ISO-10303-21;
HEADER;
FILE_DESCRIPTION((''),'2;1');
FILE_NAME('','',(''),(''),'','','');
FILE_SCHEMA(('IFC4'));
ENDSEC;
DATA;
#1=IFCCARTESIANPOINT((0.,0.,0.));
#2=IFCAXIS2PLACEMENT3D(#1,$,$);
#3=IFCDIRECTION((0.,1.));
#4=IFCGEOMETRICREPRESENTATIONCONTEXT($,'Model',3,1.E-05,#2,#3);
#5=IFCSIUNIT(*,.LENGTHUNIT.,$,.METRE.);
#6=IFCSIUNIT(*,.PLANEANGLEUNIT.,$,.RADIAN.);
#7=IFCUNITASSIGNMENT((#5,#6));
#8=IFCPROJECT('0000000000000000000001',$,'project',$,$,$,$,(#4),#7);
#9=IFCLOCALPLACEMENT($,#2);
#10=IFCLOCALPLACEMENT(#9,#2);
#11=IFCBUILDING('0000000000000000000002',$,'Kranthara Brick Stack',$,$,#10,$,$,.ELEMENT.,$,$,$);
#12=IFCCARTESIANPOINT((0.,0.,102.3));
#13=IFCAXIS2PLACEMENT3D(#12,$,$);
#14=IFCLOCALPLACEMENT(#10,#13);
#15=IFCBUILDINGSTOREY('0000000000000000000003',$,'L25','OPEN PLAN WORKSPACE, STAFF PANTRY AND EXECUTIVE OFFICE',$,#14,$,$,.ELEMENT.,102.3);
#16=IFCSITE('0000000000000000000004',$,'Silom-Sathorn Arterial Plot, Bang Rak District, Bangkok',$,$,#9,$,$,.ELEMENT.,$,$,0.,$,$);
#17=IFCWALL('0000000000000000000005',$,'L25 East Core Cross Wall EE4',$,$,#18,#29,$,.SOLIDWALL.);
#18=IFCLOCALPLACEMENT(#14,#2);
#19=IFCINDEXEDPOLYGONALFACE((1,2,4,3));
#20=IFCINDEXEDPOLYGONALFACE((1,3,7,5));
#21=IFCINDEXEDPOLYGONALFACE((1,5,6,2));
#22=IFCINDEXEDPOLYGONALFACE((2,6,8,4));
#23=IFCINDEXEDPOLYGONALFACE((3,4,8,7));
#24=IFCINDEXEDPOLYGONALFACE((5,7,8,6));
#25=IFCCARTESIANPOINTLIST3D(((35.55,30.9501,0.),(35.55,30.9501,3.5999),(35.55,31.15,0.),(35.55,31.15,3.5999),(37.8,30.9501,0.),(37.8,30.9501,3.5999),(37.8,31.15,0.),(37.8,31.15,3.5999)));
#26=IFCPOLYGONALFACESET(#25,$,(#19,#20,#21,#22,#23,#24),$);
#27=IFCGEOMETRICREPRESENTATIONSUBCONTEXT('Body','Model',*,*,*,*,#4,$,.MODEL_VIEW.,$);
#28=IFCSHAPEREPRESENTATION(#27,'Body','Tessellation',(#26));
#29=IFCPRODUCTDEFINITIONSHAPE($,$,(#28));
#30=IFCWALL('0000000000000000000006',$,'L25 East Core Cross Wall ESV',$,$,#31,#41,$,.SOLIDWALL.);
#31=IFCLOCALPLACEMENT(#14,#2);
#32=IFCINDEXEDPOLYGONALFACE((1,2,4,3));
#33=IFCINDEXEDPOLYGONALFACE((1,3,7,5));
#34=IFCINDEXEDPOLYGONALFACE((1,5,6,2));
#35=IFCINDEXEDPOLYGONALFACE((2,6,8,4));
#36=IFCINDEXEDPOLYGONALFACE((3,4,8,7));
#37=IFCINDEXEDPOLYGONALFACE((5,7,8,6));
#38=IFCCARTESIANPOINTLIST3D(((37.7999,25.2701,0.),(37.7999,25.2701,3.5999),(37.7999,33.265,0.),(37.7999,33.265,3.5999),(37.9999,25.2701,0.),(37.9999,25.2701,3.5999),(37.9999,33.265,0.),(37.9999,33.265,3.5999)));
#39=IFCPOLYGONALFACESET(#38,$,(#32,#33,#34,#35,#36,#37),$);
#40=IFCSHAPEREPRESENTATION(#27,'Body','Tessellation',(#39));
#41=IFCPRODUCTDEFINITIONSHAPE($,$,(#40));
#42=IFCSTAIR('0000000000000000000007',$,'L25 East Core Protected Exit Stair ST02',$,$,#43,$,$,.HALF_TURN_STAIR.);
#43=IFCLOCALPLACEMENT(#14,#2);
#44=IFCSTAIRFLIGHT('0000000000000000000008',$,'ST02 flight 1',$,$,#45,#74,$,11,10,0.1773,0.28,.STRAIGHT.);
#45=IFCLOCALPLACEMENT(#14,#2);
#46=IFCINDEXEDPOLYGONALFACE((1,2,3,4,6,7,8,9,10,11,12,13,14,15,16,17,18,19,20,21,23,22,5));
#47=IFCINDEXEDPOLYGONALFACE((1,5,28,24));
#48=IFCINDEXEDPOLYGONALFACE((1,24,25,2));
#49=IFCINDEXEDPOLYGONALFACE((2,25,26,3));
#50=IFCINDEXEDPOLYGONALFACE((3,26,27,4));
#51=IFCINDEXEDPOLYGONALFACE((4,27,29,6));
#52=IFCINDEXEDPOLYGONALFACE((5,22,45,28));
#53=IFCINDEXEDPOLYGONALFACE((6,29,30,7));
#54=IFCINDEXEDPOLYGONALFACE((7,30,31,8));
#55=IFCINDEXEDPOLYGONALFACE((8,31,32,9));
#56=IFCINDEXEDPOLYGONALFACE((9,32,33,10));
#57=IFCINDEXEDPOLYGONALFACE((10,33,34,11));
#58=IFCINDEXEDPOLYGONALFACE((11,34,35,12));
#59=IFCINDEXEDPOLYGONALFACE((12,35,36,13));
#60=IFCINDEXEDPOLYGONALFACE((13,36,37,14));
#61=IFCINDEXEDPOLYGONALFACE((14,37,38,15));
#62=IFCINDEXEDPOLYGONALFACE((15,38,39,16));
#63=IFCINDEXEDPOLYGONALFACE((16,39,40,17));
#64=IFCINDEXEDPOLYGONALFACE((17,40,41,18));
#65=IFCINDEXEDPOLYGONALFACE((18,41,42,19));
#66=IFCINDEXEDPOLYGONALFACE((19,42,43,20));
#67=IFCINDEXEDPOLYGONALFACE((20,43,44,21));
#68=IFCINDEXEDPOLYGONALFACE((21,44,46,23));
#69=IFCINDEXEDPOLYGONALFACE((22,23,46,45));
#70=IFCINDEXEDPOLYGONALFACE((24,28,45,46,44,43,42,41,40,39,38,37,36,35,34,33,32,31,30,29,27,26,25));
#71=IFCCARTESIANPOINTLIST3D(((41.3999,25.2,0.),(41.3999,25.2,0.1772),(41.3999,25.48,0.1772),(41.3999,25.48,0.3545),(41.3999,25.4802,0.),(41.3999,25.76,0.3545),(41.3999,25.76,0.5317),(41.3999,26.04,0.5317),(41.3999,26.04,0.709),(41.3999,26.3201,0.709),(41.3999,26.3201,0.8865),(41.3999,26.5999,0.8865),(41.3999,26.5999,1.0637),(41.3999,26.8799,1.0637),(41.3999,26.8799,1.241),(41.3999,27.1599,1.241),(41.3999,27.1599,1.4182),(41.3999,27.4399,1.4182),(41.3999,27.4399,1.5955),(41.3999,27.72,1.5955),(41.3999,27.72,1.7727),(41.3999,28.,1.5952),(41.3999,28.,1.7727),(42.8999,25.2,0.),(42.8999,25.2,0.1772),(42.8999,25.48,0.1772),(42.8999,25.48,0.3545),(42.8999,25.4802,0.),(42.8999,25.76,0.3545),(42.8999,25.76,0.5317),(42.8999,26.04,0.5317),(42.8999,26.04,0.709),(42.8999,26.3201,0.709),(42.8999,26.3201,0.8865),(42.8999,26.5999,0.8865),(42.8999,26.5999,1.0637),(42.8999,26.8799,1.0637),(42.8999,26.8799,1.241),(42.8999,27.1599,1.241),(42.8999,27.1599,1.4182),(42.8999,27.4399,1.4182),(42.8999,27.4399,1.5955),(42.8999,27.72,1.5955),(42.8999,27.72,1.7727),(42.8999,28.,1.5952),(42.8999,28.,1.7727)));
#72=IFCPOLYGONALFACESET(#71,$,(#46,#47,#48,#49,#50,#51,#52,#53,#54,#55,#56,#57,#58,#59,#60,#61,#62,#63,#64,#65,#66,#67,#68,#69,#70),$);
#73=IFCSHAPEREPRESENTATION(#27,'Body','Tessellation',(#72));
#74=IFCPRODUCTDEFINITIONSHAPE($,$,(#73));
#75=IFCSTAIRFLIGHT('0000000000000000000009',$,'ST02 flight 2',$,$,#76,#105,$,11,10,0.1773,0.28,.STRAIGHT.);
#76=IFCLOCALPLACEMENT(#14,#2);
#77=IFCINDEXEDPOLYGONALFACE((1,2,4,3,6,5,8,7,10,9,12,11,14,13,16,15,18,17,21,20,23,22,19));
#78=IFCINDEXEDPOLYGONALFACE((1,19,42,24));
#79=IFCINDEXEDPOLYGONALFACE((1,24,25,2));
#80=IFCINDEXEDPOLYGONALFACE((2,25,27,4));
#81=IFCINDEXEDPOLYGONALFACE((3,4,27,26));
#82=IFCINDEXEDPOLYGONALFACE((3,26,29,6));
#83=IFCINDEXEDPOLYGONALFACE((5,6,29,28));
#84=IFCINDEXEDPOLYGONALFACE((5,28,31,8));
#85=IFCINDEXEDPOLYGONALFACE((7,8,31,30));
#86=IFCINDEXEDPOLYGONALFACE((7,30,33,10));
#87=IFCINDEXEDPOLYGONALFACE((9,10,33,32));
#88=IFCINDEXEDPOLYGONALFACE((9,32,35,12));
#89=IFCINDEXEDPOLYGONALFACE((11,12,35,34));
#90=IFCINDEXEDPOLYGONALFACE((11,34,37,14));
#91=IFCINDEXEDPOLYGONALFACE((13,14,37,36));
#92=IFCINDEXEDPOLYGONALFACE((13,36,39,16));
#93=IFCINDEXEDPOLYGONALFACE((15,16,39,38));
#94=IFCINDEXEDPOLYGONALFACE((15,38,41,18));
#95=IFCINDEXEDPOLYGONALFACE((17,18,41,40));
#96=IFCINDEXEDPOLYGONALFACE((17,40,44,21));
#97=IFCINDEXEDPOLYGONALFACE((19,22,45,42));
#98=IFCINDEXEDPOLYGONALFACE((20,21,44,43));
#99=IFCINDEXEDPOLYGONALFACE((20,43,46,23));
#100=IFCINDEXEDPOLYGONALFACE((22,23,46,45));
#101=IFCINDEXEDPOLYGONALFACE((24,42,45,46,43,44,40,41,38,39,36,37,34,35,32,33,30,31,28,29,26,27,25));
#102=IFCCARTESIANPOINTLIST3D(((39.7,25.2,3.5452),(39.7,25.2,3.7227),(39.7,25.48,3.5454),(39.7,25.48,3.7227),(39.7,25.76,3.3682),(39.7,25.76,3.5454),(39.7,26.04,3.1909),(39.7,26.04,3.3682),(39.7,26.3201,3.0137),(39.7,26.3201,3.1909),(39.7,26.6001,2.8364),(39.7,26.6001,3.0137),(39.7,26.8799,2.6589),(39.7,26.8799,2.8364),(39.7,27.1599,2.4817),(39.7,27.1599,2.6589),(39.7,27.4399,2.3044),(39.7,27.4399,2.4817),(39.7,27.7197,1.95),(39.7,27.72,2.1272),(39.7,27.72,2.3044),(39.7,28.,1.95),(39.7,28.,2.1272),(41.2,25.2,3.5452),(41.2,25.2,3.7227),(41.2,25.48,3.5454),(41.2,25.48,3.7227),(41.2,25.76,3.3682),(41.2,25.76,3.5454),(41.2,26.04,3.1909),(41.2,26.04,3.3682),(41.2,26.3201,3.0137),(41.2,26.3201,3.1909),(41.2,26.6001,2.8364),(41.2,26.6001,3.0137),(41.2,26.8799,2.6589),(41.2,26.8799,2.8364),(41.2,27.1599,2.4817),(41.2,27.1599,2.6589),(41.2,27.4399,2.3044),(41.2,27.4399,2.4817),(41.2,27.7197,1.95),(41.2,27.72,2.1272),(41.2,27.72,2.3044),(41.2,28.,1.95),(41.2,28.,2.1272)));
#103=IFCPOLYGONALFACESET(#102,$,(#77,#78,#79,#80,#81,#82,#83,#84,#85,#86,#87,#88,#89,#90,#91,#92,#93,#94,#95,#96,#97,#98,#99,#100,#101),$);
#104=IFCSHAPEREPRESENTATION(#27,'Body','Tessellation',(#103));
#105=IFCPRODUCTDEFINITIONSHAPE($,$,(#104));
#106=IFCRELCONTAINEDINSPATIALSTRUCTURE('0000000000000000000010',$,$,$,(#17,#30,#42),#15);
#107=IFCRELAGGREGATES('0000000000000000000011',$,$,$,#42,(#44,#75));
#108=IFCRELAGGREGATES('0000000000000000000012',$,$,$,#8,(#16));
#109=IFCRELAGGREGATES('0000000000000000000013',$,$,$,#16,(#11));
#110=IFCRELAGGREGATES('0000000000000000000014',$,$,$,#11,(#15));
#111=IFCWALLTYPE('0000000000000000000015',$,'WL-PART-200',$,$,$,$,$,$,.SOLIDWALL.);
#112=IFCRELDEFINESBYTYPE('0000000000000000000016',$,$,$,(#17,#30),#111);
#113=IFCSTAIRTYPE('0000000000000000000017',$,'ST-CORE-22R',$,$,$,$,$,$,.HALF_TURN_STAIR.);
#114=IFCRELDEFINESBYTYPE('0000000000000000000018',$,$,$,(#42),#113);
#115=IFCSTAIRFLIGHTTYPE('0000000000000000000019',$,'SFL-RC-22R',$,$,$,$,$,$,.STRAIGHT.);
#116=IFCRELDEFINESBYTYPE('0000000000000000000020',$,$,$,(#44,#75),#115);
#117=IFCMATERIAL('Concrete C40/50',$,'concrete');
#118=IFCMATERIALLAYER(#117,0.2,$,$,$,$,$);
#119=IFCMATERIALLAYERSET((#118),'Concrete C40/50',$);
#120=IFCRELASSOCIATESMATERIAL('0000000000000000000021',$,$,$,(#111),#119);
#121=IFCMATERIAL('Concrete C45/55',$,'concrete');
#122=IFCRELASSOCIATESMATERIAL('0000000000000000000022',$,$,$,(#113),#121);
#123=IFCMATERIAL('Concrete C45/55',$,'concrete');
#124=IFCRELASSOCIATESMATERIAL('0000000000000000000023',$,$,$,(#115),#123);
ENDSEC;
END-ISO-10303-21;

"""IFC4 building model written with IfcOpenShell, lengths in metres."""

from ifc_helpers import new_model, si_unit, direction, frame, frame_2d, origin, place, context, subcontext, project, spatial, polyline, rectangle, outline, extrude, material, layer, layer_set, type_object, element, aggregate, save


model = new_model("IFC4")

# Units and contexts
model_context = context("Model", 3, precision=1e-05, world=origin(), true_north=direction((0.0, 1.0)))
body_context = subcontext(model_context, "Body", "Model", "MODEL_VIEW")
ifc_project = project(units=[si_unit("LENGTHUNIT", "METRE"), si_unit("PLANEANGLEUNIT", "RADIAN")], contexts=[model_context])

# Site, building, storey
site_placement = place(None, origin())
site = spatial("IfcSite", under=ifc_project, at=site_placement, Name="Silom-Sathorn Arterial Plot, Bang Rak District, Bangkok", CompositionType="ELEMENT", RefElevation=0.0)
building_placement = place(site_placement, origin())
building = spatial("IfcBuilding", under=site, at=building_placement, Name="Kranthara Brick Stack", CompositionType="ELEMENT")
storey_placement = place(building_placement, frame((0.0, 0.0, 102.3)))
storey = spatial("IfcBuildingStorey", under=building, at=storey_placement, Name="L25", Description="OPEN PLAN WORKSPACE, STAFF PANTRY AND EXECUTIVE OFFICE", CompositionType="ELEMENT", Elevation=102.3)

# Walls
ifc_material_1 = material(Name="Concrete C40/50", Category="concrete")
ifc_layer_1 = layer(ifc_material_1, 0.2)
ifc_layer_set_1 = layer_set([ifc_layer_1], Name="Concrete C40/50")
wall_type_1 = type_object("IfcWallType", Name="WL-PART-200", PredefinedType="SOLIDWALL", material=ifc_layer_set_1)
wall_1_placement = place(storey_placement, frame((35.55, 31.05, 0.0), z_axis=(0.0, 0.0, 1.0), x_axis=(1.0, 0.0, 0.0)))
element("IfcWall", 1, at=wall_1_placement, inside=storey, type_object=wall_type_1, Name="L25 East Core Cross Wall EE4", PredefinedType="SOLIDWALL", context=body_context, shape_type="SweptSolid", body=[
    extrude(rectangle(XDim=2.25, YDim=0.2, at=frame_2d((1.125, 0.0))), origin(), (0.0, 0.0, 1.0), 3.5999),
])
wall_2_placement = place(storey_placement, frame((37.8999, 25.27, 0.0), z_axis=(0.0, 0.0, 1.0), x_axis=(0.0, 1.0, 0.0)))
element("IfcWall", 2, at=wall_2_placement, inside=storey, type_object=wall_type_1, Name="L25 East Core Cross Wall ESV", PredefinedType="SOLIDWALL", context=body_context, shape_type="SweptSolid", body=[
    extrude(rectangle(XDim=7.9949, YDim=0.2, at=frame_2d((3.9976, 0.0))), origin(), (0.0, 0.0, 1.0), 3.5999),
])

# Stair, stair flights
ifc_material_2 = material(Name="Concrete C45/55", Category="concrete")
stair_type = type_object("IfcStairType", Name="ST-CORE-22R", PredefinedType="HALF_TURN_STAIR", material=ifc_material_2)
stair_placement = place(storey_placement, origin())
stair = element("IfcStair", 3, at=stair_placement, inside=storey, type_object=stair_type, Name="L25 East Core Protected Exit Stair ST02", PredefinedType="HALF_TURN_STAIR")
ifc_material_3 = material(Name="Concrete C45/55", Category="concrete")
stair_flight_type = type_object("IfcStairFlightType", Name="SFL-RC-22R", PredefinedType="STRAIGHT", material=ifc_material_3)
stair_flight_1_placement = place(storey_placement, frame((42.1499, 25.2, 0.0), z_axis=(0.0, 0.0, 1.0), x_axis=(0.0, 1.0, 0.0)))
stair_flight_1 = element("IfcStairFlight", 4, at=stair_flight_1_placement, type_object=stair_flight_type, Name="ST02 flight 1", NumberOfRisers=11, NumberOfTreads=10, PredefinedType="STRAIGHT", RiserHeight=0.1773, TreadLength=0.28, context=body_context, shape_type="SweptSolid", body=[
    extrude(outline(polyline([(0.0, 0.0), (0.0, 0.1772), (0.28, 0.1772), (0.28, 0.3545), (0.5601, 0.3545), (0.5601, 0.5317), (0.8401, 0.5317), (0.8401, 0.709), (1.1201, 0.709), (1.1201, 0.8865), (1.3999, 0.8865), (1.3999, 1.0637), (1.6799, 1.0637), (1.6799, 1.241), (1.96, 1.241), (1.96, 1.4182), (2.24, 1.4182), (2.24, 1.5955), (2.52, 1.5955), (2.52, 1.7727), (2.8, 1.7727), (2.8, 1.95), (2.8, 1.5952), (0.2803, 0.0), (0.0, 0.0)])), frame((0.0, 0.75, 0.0), z_axis=(0.0, -1.0, 0.0), x_axis=(1.0, 0.0, 0.0)), (0.0, 0.0, 1.0), 1.5),
])
stair_flight_2_placement = place(storey_placement, frame((40.45, 28.0, 1.95), z_axis=(0.0, 0.0, 1.0), x_axis=(0.0, -1.0, 0.0)))
stair_flight_2 = element("IfcStairFlight", 5, at=stair_flight_2_placement, type_object=stair_flight_type, Name="ST02 flight 2", NumberOfRisers=11, NumberOfTreads=10, PredefinedType="STRAIGHT", RiserHeight=0.1773, TreadLength=0.28, context=body_context, shape_type="SweptSolid", body=[
    extrude(outline(polyline([(0.0, 0.0), (0.0, 0.1772), (0.28, 0.1772), (0.28, 0.3545), (0.5601, 0.3545), (0.5601, 0.5317), (0.8401, 0.5317), (0.8401, 0.709), (1.1201, 0.709), (1.1201, 0.8865), (1.3999, 0.8865), (1.3999, 1.0637), (1.6799, 1.0637), (1.6799, 1.241), (1.96, 1.241), (1.96, 1.4182), (2.24, 1.4182), (2.24, 1.5955), (2.52, 1.5955), (2.52, 1.7727), (2.8, 1.7727), (2.8, 1.95), (2.8, 1.5952), (0.2803, 0.0), (0.0, 0.0)])), frame((0.0, 0.75, 0.0), z_axis=(0.0, -1.0, 0.0), x_axis=(1.0, 0.0, 0.0)), (0.0, 0.0, 1.0), 1.5),
])
aggregate(stair, [stair_flight_1, stair_flight_2])

save(model, "model.ifc")
